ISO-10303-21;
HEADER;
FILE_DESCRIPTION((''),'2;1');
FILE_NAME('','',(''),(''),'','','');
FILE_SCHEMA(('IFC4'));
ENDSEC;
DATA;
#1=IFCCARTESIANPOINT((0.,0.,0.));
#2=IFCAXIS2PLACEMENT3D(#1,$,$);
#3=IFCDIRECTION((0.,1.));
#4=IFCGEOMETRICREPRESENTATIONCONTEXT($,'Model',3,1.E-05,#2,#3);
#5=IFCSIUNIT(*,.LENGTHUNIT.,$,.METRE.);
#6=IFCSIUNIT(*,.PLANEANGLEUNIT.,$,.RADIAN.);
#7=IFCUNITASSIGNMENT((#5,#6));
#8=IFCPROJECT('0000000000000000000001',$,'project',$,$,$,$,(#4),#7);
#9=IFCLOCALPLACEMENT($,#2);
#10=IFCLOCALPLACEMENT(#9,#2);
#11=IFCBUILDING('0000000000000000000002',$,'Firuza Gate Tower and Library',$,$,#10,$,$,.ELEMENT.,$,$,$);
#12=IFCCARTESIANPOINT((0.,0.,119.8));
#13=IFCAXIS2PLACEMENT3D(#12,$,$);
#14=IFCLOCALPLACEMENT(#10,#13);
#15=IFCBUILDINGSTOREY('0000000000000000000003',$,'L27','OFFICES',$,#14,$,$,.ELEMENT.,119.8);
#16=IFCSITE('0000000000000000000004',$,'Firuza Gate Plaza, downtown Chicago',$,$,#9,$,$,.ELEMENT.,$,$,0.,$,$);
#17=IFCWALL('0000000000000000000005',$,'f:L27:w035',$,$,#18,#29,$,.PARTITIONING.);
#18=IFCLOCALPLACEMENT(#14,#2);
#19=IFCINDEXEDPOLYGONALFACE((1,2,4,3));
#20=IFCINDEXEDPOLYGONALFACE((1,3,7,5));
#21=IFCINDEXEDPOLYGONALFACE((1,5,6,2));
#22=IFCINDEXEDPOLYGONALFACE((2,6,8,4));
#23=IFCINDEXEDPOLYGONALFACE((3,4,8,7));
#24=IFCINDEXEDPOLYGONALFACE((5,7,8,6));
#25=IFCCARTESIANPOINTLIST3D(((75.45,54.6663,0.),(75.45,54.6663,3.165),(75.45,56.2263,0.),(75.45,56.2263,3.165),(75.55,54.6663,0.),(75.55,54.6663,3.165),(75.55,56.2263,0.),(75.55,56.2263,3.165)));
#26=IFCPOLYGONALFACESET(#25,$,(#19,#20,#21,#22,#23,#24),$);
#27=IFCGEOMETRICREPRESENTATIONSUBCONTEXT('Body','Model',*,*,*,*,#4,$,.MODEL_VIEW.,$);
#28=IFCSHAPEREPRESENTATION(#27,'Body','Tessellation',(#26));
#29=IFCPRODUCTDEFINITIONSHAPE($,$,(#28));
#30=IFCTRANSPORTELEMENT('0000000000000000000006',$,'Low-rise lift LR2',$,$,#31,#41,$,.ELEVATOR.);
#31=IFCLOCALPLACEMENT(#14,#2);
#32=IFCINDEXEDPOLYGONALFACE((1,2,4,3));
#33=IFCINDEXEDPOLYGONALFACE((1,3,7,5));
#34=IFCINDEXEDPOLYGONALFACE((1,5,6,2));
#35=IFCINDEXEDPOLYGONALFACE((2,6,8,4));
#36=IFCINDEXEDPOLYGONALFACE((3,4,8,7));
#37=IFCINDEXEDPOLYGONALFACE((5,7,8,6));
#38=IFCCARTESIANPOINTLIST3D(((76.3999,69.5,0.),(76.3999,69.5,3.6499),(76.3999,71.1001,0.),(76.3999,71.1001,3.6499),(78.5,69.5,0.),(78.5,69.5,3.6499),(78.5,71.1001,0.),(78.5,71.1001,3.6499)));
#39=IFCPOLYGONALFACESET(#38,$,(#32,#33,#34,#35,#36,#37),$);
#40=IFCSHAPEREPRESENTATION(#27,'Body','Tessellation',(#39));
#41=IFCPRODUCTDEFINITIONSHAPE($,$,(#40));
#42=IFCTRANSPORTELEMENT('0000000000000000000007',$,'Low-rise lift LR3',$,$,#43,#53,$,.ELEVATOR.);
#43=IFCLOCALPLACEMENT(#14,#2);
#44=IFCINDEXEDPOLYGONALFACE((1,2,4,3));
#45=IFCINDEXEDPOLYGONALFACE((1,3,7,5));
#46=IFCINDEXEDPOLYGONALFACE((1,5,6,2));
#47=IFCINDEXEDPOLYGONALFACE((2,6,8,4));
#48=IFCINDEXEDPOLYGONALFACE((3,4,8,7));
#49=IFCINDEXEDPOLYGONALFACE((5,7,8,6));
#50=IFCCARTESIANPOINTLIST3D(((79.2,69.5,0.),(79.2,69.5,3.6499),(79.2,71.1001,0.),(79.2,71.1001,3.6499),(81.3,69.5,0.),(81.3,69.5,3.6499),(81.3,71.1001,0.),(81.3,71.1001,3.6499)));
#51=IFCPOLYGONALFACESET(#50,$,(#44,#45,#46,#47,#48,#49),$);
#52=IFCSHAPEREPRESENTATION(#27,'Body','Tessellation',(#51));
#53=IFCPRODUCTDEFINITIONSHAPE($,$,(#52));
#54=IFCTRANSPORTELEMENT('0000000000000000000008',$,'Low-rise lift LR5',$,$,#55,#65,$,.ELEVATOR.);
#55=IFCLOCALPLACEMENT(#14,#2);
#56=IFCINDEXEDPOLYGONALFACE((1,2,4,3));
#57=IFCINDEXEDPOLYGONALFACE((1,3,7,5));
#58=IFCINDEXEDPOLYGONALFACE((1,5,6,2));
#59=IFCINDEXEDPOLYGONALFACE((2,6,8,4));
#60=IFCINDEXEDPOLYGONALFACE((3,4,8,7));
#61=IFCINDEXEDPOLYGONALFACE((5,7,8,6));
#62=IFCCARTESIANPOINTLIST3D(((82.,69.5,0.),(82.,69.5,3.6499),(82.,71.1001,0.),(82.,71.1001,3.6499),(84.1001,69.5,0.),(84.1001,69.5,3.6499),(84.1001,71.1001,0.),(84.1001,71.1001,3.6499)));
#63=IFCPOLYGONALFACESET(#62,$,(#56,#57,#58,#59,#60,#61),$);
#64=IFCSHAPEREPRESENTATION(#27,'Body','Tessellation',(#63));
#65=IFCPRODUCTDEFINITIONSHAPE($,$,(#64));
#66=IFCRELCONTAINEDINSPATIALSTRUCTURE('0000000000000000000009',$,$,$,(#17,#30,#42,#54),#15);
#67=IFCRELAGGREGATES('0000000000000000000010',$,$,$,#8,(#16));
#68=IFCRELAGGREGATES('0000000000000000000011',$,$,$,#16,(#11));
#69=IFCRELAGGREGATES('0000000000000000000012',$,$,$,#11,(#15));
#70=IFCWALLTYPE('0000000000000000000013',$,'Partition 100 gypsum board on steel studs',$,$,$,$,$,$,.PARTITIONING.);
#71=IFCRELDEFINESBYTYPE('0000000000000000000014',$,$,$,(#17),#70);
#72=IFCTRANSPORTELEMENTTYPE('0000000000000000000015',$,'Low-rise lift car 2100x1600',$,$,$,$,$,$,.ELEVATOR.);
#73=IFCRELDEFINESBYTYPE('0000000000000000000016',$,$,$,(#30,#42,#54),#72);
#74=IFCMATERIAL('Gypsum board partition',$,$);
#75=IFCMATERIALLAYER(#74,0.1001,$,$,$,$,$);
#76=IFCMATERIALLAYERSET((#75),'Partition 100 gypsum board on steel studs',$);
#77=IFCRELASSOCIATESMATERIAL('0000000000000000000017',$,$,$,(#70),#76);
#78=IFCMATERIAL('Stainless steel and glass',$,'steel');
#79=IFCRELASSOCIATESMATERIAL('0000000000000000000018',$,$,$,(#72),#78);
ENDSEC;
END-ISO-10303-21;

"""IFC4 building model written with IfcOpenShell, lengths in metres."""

from ifc_helpers import new_model, si_unit, direction, frame, frame_2d, origin, origin_2d, place, context, subcontext, project, spatial, rectangle, extrude, material, layer, layer_set, type_object, element, save


model = new_model("IFC4")

# Units and contexts
model_context = context("Model", 3, precision=1e-05, world=origin(), true_north=direction((0.0, 1.0)))
body_context = subcontext(model_context, "Body", "Model", "MODEL_VIEW")
ifc_project = project(units=[si_unit("LENGTHUNIT", "METRE"), si_unit("PLANEANGLEUNIT", "RADIAN")], contexts=[model_context])

# Site, building, storey
site_placement = place(None, origin())
site = spatial("IfcSite", under=ifc_project, at=site_placement, Name="Firuza Gate Plaza, downtown Chicago", CompositionType="ELEMENT", RefElevation=0.0)
building_placement = place(site_placement, origin())
building = spatial("IfcBuilding", under=site, at=building_placement, Name="Firuza Gate Tower and Library", CompositionType="ELEMENT")
storey_placement = place(building_placement, frame((0.0, 0.0, 119.8)))
storey = spatial("IfcBuildingStorey", under=building, at=storey_placement, Name="L27", Description="OFFICES", CompositionType="ELEMENT", Elevation=119.8)

# Wall
ifc_material_1 = material(Name="Gypsum board partition")
ifc_layer_1 = layer(ifc_material_1, 0.1001)
ifc_layer_set_1 = layer_set([ifc_layer_1], Name="Partition 100 gypsum board on steel studs")
wall_type_1 = type_object("IfcWallType", Name="Partition 100 gypsum board on steel studs", PredefinedType="PARTITIONING", material=ifc_layer_set_1)
wall_1_placement = place(storey_placement, frame((75.5, 54.6663, 0.0), z_axis=(0.0, 0.0, 1.0), x_axis=(0.0, 1.0, 0.0)))
element("IfcWall", 1, at=wall_1_placement, inside=storey, type_object=wall_type_1, Name="f:L27:w035", PredefinedType="PARTITIONING", context=body_context, shape_type="SweptSolid", body=[
    extrude(rectangle(XDim=1.5601, YDim=0.1001, at=frame_2d((0.78, 0.0))), origin(), (0.0, 0.0, 1.0), 3.165),
])

# Transport elements
ifc_material_2 = material(Name="Stainless steel and glass", Category="steel")
transport_element_type = type_object("IfcTransportElementType", Name="Low-rise lift car 2100x1600", PredefinedType="ELEVATOR", material=ifc_material_2)
for number, where, z_axis, x_axis, name in (
    (2, (77.45, 70.3, 0.0), (0.0, 0.0, 1.0), (1.0, 0.0, 0.0), "Low-rise lift LR2"),
    (3, (80.25, 70.3, 0.0), (0.0, 0.0, 1.0), (1.0, 0.0, 0.0), "Low-rise lift LR3"),
    (4, (83.05, 70.3, 0.0), (0.0, 0.0, 1.0), (1.0, 0.0, 0.0), "Low-rise lift LR5"),
):
    element("IfcTransportElement", number, at=place(storey_placement, frame(where, z_axis=z_axis, x_axis=x_axis)), inside=storey, type_object=transport_element_type, Name=name, PredefinedType="ELEVATOR", context=body_context, shape_type="SweptSolid", body=[
        extrude(rectangle(XDim=2.1001, YDim=1.6001, at=origin_2d()), origin(), (0.0, 0.0, 1.0), 3.6499),
    ])

save(model, "model.ifc")
